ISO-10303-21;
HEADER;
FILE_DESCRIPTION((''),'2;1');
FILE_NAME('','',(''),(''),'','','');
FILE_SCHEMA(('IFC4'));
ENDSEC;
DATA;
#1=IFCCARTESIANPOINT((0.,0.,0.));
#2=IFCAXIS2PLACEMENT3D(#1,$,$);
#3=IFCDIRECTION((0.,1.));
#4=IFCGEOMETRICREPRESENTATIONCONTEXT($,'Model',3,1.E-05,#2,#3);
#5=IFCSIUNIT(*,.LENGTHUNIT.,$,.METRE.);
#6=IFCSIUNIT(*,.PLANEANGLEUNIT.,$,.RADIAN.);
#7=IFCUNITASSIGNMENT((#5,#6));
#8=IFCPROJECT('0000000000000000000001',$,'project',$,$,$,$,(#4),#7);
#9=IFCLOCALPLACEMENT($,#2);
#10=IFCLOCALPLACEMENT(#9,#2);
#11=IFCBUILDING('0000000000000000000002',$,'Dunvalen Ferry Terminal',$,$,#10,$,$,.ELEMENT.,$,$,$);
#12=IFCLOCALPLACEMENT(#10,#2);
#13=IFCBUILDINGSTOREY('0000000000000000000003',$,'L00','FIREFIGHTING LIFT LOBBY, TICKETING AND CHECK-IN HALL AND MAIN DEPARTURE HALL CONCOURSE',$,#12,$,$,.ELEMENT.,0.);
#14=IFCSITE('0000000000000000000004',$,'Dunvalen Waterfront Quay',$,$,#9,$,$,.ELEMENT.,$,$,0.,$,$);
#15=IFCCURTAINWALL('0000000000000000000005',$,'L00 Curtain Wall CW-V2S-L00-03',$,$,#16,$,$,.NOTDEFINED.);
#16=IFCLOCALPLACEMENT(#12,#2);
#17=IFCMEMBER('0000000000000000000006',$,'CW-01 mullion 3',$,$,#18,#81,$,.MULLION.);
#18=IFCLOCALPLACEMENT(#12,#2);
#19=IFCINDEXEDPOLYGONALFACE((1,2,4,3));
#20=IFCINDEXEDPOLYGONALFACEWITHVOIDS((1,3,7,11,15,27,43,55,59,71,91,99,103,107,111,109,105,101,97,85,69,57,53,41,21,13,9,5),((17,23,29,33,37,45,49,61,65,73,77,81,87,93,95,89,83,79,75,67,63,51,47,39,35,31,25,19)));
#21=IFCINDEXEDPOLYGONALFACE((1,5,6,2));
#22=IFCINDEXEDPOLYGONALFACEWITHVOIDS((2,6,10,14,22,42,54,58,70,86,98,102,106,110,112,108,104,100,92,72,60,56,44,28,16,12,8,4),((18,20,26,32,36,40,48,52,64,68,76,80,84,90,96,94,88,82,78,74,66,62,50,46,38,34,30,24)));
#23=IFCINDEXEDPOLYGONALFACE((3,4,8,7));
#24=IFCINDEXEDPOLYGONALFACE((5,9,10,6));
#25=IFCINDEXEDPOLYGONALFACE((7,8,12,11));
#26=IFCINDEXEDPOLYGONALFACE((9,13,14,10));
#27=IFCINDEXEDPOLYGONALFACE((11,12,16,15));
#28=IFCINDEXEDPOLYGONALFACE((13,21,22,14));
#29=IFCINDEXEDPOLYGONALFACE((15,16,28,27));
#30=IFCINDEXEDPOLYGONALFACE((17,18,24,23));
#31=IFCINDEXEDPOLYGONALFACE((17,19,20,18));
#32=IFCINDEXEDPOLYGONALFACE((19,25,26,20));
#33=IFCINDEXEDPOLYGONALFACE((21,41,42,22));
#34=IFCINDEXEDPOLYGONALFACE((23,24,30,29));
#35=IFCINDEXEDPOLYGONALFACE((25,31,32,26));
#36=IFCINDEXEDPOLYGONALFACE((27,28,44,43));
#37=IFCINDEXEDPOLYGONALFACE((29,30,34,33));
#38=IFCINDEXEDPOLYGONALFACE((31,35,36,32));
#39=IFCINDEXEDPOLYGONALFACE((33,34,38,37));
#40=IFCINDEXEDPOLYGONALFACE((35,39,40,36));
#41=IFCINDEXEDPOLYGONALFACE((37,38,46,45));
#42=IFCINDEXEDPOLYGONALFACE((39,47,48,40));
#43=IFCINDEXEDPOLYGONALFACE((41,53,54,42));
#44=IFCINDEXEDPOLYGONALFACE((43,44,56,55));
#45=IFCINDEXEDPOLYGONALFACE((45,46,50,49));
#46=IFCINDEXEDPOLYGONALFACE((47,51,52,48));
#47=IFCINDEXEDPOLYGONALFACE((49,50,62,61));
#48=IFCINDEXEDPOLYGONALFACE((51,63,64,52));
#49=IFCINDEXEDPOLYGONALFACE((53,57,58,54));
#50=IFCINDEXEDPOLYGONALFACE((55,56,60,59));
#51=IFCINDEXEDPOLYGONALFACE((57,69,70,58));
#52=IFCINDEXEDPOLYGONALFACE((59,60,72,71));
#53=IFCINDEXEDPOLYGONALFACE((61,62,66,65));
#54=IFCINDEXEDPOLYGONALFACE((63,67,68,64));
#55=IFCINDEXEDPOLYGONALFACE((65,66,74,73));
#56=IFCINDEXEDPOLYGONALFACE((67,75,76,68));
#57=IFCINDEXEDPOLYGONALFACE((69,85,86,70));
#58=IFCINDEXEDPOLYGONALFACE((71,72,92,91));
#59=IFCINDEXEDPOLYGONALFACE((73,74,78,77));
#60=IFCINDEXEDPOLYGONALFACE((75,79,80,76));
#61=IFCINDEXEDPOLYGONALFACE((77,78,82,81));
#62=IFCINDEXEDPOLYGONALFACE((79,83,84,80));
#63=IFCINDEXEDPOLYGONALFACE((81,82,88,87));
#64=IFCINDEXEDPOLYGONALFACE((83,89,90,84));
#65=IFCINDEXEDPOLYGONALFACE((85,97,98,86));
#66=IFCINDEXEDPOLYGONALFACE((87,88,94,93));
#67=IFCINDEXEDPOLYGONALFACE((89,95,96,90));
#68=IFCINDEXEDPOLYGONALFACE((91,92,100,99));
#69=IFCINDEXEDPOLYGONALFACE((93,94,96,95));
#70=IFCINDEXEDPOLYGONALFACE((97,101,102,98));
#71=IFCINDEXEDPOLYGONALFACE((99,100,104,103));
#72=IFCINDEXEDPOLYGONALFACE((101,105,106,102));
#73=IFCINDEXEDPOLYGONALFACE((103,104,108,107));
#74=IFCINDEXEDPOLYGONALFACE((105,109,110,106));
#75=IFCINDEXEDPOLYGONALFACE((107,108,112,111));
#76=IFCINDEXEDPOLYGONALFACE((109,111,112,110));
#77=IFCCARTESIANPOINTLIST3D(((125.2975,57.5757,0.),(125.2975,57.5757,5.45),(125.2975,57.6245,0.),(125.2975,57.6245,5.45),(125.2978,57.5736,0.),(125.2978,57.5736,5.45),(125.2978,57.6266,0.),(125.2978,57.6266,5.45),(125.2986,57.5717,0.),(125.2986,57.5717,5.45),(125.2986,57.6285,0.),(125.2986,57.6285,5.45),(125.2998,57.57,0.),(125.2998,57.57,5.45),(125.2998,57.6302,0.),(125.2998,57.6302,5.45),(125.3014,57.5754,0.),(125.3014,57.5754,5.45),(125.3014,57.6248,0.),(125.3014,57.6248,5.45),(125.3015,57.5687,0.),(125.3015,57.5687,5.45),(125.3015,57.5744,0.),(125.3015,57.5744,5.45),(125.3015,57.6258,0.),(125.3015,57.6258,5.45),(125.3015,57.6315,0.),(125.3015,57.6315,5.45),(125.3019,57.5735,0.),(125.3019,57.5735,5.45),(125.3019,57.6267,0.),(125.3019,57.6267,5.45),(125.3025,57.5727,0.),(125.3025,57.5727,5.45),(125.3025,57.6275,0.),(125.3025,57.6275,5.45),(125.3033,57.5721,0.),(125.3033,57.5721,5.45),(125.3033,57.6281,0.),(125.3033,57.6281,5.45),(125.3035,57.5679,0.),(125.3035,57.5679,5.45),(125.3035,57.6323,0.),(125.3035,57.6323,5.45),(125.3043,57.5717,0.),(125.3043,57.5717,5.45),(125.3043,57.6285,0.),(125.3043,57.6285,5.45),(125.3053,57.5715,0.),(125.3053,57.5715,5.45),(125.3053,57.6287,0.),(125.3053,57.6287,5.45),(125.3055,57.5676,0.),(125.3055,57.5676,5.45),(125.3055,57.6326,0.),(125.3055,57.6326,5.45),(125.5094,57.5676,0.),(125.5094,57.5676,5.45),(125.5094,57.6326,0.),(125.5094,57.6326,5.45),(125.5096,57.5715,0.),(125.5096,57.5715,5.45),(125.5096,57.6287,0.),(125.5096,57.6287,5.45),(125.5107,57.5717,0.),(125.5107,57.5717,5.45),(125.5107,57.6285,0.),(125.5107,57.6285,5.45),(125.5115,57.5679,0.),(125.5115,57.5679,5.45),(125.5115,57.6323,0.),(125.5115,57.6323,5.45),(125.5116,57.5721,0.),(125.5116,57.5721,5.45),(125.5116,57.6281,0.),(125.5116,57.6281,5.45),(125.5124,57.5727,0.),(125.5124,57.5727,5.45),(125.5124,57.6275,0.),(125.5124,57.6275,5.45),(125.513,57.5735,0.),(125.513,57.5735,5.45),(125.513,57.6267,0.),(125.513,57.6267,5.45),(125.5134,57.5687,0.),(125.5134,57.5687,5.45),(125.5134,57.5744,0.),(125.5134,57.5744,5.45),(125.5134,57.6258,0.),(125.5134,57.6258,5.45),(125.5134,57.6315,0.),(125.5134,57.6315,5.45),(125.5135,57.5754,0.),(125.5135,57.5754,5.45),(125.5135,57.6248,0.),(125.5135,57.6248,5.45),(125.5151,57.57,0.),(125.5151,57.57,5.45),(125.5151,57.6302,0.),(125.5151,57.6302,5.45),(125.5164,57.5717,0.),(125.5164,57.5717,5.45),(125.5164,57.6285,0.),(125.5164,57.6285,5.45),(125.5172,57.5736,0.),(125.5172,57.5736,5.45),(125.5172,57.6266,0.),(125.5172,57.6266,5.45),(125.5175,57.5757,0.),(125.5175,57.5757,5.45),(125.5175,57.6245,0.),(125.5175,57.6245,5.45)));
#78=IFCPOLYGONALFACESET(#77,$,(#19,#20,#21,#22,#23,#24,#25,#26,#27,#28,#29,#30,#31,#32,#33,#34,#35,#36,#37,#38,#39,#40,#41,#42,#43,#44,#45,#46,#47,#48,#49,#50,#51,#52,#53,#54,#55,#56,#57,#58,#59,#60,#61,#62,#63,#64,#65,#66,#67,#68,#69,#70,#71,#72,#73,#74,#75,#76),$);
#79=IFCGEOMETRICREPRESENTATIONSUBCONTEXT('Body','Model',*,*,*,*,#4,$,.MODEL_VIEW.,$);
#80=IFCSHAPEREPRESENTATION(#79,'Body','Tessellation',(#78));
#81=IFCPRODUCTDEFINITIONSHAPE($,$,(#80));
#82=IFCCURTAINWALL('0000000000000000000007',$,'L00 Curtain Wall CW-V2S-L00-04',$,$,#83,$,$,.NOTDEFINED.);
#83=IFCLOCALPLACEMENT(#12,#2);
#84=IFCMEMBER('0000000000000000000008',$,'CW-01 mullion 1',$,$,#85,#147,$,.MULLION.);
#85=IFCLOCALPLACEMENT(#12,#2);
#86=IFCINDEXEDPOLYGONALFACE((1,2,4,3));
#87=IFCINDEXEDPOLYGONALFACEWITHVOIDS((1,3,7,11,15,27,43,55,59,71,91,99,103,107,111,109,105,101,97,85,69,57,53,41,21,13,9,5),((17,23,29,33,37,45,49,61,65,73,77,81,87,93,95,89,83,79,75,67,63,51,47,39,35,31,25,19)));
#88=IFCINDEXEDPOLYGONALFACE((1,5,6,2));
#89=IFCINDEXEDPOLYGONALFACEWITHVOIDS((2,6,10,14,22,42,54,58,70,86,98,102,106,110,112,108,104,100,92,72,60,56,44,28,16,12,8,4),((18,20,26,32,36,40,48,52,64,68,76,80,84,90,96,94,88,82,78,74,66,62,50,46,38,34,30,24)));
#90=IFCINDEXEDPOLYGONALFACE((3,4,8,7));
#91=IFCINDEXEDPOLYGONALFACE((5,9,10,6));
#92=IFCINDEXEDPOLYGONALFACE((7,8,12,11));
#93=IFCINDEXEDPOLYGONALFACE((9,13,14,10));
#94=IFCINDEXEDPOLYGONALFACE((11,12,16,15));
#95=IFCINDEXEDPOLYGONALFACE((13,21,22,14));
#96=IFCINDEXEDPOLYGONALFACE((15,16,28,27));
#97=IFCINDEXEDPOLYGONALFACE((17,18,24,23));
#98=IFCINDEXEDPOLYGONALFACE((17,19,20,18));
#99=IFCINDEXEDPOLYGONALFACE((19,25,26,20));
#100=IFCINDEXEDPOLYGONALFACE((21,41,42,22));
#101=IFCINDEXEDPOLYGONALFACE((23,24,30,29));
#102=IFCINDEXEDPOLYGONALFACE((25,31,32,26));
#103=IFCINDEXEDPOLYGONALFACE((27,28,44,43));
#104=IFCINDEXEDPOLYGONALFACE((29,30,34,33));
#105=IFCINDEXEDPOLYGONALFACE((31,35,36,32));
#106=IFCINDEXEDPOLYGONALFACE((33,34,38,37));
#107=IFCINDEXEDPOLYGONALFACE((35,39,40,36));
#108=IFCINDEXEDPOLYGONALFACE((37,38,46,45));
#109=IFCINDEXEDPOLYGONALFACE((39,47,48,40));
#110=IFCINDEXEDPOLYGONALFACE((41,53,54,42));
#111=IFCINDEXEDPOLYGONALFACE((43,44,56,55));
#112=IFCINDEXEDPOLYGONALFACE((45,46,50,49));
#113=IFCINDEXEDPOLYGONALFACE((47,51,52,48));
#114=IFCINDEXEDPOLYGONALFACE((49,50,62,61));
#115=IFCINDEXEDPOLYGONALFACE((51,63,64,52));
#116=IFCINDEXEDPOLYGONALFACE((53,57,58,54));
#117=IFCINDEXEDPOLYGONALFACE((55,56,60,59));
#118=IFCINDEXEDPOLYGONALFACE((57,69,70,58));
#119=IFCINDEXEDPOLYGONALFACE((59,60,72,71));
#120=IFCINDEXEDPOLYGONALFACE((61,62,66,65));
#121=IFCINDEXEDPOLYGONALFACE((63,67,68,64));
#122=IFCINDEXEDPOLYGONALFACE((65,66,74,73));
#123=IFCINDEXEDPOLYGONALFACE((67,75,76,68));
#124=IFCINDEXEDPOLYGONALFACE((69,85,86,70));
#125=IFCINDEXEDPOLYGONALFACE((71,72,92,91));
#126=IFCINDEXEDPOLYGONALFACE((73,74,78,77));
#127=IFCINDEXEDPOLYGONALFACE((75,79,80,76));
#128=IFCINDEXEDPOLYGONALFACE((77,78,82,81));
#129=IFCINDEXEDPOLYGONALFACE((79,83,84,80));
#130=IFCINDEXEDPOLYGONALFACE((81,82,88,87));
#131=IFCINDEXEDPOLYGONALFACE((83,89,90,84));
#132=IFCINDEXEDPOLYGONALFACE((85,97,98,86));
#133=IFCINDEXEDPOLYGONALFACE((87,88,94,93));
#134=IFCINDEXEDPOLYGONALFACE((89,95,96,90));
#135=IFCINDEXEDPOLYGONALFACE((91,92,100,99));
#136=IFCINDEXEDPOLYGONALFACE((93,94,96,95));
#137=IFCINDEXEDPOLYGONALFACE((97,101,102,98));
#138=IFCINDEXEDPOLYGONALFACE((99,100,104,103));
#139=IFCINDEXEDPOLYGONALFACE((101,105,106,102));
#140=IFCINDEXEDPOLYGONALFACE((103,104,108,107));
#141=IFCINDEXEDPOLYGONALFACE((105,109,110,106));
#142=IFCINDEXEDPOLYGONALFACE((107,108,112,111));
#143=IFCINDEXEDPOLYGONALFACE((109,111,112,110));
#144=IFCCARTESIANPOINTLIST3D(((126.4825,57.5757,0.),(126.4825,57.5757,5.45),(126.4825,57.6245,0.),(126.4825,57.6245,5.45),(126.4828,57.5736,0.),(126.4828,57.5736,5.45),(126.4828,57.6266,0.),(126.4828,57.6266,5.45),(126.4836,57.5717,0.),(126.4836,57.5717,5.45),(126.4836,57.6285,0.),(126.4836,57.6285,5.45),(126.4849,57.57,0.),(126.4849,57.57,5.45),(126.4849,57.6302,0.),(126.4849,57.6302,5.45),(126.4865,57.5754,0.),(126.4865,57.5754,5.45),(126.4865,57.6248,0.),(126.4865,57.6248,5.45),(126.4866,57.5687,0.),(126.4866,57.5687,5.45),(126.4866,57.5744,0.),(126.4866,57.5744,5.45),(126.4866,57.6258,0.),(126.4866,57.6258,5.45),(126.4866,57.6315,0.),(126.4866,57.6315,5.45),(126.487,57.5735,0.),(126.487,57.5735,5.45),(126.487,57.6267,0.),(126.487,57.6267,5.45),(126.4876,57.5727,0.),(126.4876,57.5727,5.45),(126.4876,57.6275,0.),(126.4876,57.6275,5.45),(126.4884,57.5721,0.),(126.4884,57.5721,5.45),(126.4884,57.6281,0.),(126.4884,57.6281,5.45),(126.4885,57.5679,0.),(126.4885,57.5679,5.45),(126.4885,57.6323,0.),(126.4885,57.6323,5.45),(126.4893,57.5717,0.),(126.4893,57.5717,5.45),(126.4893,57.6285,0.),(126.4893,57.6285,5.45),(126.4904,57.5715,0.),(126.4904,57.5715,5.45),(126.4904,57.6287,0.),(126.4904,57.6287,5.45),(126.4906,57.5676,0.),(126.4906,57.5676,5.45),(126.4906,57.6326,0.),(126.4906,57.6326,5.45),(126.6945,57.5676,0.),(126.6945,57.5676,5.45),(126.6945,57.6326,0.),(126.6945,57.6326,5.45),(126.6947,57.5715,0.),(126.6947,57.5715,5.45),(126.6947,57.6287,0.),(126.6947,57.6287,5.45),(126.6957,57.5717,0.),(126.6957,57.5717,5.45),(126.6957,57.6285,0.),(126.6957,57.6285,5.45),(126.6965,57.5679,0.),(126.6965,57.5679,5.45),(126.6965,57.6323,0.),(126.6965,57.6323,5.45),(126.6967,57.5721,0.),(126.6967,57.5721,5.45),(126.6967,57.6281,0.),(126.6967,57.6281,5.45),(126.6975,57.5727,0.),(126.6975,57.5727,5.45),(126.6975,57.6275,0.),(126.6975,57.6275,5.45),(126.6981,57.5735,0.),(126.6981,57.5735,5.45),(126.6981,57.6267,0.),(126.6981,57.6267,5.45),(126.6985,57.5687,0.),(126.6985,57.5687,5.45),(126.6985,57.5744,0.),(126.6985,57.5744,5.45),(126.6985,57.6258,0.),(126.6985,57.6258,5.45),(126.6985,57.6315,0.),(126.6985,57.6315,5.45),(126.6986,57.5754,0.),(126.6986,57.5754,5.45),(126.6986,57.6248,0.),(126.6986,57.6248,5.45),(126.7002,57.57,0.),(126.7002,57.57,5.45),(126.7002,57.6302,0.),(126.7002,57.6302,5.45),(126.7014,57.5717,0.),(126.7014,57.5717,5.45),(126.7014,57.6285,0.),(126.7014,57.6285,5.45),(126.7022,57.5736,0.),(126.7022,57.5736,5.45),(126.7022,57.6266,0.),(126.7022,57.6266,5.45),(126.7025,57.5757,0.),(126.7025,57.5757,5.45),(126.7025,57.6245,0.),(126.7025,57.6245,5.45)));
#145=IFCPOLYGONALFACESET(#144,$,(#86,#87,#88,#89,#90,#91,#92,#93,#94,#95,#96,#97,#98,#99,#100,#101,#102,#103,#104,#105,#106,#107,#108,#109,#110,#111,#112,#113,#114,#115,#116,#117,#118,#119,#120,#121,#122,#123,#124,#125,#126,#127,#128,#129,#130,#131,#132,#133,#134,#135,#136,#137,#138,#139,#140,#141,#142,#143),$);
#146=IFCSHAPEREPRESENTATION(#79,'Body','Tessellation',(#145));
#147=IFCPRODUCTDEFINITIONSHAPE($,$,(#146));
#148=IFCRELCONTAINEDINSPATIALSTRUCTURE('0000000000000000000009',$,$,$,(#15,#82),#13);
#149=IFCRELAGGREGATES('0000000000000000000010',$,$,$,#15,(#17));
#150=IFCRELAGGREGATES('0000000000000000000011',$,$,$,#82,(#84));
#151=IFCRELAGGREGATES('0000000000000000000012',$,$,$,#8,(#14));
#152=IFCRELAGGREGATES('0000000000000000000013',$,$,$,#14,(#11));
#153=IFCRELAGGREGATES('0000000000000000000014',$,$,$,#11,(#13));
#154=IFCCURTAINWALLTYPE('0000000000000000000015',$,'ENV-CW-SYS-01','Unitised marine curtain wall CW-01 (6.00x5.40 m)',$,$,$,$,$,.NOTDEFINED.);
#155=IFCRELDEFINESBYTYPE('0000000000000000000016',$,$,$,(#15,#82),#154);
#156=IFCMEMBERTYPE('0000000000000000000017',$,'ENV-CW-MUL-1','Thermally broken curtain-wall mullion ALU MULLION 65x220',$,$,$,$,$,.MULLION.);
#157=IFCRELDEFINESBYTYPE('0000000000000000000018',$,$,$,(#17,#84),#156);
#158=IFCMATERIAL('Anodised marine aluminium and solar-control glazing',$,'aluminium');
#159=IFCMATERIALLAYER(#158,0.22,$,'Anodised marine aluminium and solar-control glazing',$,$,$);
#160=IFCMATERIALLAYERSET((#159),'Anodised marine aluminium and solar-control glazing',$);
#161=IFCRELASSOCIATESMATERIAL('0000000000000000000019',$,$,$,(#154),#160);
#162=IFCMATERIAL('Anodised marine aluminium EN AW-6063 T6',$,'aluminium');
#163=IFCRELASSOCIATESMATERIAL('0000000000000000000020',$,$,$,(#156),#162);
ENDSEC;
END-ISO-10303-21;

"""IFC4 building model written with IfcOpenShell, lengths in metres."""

from ifc_helpers import new_model, si_unit, direction, frame, origin, origin_2d, place, context, subcontext, project, spatial, hollow_rectangle, extrude, material, layer, layer_set, material_profile, profile_set, type_object, element, aggregate, save


model = new_model("IFC4")

# Units and contexts
model_context = context("Model", 3, precision=1e-05, world=origin(), true_north=direction((0.0, 1.0)))
body_context = subcontext(model_context, "Body", "Model", "MODEL_VIEW")
ifc_project = project(units=[si_unit("LENGTHUNIT", "METRE"), si_unit("PLANEANGLEUNIT", "RADIAN")], contexts=[model_context])

# Site, building, storey
site_placement = place(None, origin())
site = spatial("IfcSite", under=ifc_project, at=site_placement, Name="Dunvalen Waterfront Quay", CompositionType="ELEMENT", RefElevation=0.0)
building_placement = place(site_placement, origin())
building = spatial("IfcBuilding", under=site, at=building_placement, Name="Dunvalen Ferry Terminal", CompositionType="ELEMENT")
storey_placement = place(building_placement, origin())
storey = spatial("IfcBuildingStorey", under=building, at=storey_placement, Name="L00", Description="FIREFIGHTING LIFT LOBBY, TICKETING AND CHECK-IN HALL AND MAIN DEPARTURE HALL CONCOURSE", CompositionType="ELEMENT", Elevation=0.0)

# Curtain walls, members
ifc_material_1 = material(Name="Anodised marine aluminium and solar-control glazing", Category="aluminium")
ifc_layer_1 = layer(ifc_material_1, 0.22, Name="Anodised marine aluminium and solar-control glazing")
ifc_layer_set_1 = layer_set([ifc_layer_1], Name="Anodised marine aluminium and solar-control glazing")
curtain_wall_type = type_object("IfcCurtainWallType", Name="ENV-CW-SYS-01", Description="Unitised marine curtain wall CW-01 (6.00x5.40 m)", PredefinedType="NOTDEFINED", material=ifc_layer_set_1)
curtain_wall_1_placement = place(storey_placement, origin())
curtain_wall_1 = element("IfcCurtainWall", 1, at=curtain_wall_1_placement, inside=storey, type_object=curtain_wall_type, Name="L00 Curtain Wall CW-V2S-L00-03", PredefinedType="NOTDEFINED")
ifc_material_2 = material(Name="Anodised marine aluminium EN AW-6063 T6", Category="aluminium")
ifc_material_profile_1 = material_profile(ifc_material_2, hollow_rectangle(XDim=0.0649, YDim=0.22, WallThickness=0.0039, InnerFilletRadius=0.0039, OuterFilletRadius=0.0081, at=origin_2d()), Name="Anodised marine aluminium EN AW-6063 T6")
ifc_profile_set_1 = profile_set([ifc_material_profile_1], Name="Anodised marine aluminium EN AW-6063 T6")
member_type_1 = type_object("IfcMemberType", Name="ENV-CW-MUL-1", Description="Thermally broken curtain-wall mullion ALU MULLION 65x220", PredefinedType="MULLION", material=ifc_profile_set_1)
member_1_placement = place(storey_placement, frame((125.4075, 57.6001, 0.0), z_axis=(0.0, 0.0, 1.0), x_axis=(0.0, 1.0, 0.0)))
member_1 = element("IfcMember", 2, at=member_1_placement, type_object=member_type_1, Name="CW-01 mullion 3", PredefinedType="MULLION", context=body_context, shape_type="SweptSolid", body=[
    extrude(hollow_rectangle(XDim=0.0649, YDim=0.22, WallThickness=0.0039, InnerFilletRadius=0.0039, OuterFilletRadius=0.0081, at=origin_2d()), origin(), (0.0, 0.0, 1.0), 5.45),
])
curtain_wall_2_placement = place(storey_placement, origin())
curtain_wall_2 = element("IfcCurtainWall", 3, at=curtain_wall_2_placement, inside=storey, type_object=curtain_wall_type, Name="L00 Curtain Wall CW-V2S-L00-04", PredefinedType="NOTDEFINED")
member_2_placement = place(storey_placement, frame((126.5925, 57.6001, 0.0), z_axis=(0.0, 0.0, 1.0), x_axis=(0.0, 1.0, 0.0)))
member_2 = element("IfcMember", 4, at=member_2_placement, type_object=member_type_1, Name="CW-01 mullion 1", PredefinedType="MULLION", context=body_context, shape_type="SweptSolid", body=[
    extrude(hollow_rectangle(XDim=0.0649, YDim=0.22, WallThickness=0.0039, InnerFilletRadius=0.0039, OuterFilletRadius=0.0081, at=origin_2d()), origin(), (0.0, 0.0, 1.0), 5.45),
])

aggregate(curtain_wall_1, [member_1])
aggregate(curtain_wall_2, [member_2])

save(model, "model.ifc")
